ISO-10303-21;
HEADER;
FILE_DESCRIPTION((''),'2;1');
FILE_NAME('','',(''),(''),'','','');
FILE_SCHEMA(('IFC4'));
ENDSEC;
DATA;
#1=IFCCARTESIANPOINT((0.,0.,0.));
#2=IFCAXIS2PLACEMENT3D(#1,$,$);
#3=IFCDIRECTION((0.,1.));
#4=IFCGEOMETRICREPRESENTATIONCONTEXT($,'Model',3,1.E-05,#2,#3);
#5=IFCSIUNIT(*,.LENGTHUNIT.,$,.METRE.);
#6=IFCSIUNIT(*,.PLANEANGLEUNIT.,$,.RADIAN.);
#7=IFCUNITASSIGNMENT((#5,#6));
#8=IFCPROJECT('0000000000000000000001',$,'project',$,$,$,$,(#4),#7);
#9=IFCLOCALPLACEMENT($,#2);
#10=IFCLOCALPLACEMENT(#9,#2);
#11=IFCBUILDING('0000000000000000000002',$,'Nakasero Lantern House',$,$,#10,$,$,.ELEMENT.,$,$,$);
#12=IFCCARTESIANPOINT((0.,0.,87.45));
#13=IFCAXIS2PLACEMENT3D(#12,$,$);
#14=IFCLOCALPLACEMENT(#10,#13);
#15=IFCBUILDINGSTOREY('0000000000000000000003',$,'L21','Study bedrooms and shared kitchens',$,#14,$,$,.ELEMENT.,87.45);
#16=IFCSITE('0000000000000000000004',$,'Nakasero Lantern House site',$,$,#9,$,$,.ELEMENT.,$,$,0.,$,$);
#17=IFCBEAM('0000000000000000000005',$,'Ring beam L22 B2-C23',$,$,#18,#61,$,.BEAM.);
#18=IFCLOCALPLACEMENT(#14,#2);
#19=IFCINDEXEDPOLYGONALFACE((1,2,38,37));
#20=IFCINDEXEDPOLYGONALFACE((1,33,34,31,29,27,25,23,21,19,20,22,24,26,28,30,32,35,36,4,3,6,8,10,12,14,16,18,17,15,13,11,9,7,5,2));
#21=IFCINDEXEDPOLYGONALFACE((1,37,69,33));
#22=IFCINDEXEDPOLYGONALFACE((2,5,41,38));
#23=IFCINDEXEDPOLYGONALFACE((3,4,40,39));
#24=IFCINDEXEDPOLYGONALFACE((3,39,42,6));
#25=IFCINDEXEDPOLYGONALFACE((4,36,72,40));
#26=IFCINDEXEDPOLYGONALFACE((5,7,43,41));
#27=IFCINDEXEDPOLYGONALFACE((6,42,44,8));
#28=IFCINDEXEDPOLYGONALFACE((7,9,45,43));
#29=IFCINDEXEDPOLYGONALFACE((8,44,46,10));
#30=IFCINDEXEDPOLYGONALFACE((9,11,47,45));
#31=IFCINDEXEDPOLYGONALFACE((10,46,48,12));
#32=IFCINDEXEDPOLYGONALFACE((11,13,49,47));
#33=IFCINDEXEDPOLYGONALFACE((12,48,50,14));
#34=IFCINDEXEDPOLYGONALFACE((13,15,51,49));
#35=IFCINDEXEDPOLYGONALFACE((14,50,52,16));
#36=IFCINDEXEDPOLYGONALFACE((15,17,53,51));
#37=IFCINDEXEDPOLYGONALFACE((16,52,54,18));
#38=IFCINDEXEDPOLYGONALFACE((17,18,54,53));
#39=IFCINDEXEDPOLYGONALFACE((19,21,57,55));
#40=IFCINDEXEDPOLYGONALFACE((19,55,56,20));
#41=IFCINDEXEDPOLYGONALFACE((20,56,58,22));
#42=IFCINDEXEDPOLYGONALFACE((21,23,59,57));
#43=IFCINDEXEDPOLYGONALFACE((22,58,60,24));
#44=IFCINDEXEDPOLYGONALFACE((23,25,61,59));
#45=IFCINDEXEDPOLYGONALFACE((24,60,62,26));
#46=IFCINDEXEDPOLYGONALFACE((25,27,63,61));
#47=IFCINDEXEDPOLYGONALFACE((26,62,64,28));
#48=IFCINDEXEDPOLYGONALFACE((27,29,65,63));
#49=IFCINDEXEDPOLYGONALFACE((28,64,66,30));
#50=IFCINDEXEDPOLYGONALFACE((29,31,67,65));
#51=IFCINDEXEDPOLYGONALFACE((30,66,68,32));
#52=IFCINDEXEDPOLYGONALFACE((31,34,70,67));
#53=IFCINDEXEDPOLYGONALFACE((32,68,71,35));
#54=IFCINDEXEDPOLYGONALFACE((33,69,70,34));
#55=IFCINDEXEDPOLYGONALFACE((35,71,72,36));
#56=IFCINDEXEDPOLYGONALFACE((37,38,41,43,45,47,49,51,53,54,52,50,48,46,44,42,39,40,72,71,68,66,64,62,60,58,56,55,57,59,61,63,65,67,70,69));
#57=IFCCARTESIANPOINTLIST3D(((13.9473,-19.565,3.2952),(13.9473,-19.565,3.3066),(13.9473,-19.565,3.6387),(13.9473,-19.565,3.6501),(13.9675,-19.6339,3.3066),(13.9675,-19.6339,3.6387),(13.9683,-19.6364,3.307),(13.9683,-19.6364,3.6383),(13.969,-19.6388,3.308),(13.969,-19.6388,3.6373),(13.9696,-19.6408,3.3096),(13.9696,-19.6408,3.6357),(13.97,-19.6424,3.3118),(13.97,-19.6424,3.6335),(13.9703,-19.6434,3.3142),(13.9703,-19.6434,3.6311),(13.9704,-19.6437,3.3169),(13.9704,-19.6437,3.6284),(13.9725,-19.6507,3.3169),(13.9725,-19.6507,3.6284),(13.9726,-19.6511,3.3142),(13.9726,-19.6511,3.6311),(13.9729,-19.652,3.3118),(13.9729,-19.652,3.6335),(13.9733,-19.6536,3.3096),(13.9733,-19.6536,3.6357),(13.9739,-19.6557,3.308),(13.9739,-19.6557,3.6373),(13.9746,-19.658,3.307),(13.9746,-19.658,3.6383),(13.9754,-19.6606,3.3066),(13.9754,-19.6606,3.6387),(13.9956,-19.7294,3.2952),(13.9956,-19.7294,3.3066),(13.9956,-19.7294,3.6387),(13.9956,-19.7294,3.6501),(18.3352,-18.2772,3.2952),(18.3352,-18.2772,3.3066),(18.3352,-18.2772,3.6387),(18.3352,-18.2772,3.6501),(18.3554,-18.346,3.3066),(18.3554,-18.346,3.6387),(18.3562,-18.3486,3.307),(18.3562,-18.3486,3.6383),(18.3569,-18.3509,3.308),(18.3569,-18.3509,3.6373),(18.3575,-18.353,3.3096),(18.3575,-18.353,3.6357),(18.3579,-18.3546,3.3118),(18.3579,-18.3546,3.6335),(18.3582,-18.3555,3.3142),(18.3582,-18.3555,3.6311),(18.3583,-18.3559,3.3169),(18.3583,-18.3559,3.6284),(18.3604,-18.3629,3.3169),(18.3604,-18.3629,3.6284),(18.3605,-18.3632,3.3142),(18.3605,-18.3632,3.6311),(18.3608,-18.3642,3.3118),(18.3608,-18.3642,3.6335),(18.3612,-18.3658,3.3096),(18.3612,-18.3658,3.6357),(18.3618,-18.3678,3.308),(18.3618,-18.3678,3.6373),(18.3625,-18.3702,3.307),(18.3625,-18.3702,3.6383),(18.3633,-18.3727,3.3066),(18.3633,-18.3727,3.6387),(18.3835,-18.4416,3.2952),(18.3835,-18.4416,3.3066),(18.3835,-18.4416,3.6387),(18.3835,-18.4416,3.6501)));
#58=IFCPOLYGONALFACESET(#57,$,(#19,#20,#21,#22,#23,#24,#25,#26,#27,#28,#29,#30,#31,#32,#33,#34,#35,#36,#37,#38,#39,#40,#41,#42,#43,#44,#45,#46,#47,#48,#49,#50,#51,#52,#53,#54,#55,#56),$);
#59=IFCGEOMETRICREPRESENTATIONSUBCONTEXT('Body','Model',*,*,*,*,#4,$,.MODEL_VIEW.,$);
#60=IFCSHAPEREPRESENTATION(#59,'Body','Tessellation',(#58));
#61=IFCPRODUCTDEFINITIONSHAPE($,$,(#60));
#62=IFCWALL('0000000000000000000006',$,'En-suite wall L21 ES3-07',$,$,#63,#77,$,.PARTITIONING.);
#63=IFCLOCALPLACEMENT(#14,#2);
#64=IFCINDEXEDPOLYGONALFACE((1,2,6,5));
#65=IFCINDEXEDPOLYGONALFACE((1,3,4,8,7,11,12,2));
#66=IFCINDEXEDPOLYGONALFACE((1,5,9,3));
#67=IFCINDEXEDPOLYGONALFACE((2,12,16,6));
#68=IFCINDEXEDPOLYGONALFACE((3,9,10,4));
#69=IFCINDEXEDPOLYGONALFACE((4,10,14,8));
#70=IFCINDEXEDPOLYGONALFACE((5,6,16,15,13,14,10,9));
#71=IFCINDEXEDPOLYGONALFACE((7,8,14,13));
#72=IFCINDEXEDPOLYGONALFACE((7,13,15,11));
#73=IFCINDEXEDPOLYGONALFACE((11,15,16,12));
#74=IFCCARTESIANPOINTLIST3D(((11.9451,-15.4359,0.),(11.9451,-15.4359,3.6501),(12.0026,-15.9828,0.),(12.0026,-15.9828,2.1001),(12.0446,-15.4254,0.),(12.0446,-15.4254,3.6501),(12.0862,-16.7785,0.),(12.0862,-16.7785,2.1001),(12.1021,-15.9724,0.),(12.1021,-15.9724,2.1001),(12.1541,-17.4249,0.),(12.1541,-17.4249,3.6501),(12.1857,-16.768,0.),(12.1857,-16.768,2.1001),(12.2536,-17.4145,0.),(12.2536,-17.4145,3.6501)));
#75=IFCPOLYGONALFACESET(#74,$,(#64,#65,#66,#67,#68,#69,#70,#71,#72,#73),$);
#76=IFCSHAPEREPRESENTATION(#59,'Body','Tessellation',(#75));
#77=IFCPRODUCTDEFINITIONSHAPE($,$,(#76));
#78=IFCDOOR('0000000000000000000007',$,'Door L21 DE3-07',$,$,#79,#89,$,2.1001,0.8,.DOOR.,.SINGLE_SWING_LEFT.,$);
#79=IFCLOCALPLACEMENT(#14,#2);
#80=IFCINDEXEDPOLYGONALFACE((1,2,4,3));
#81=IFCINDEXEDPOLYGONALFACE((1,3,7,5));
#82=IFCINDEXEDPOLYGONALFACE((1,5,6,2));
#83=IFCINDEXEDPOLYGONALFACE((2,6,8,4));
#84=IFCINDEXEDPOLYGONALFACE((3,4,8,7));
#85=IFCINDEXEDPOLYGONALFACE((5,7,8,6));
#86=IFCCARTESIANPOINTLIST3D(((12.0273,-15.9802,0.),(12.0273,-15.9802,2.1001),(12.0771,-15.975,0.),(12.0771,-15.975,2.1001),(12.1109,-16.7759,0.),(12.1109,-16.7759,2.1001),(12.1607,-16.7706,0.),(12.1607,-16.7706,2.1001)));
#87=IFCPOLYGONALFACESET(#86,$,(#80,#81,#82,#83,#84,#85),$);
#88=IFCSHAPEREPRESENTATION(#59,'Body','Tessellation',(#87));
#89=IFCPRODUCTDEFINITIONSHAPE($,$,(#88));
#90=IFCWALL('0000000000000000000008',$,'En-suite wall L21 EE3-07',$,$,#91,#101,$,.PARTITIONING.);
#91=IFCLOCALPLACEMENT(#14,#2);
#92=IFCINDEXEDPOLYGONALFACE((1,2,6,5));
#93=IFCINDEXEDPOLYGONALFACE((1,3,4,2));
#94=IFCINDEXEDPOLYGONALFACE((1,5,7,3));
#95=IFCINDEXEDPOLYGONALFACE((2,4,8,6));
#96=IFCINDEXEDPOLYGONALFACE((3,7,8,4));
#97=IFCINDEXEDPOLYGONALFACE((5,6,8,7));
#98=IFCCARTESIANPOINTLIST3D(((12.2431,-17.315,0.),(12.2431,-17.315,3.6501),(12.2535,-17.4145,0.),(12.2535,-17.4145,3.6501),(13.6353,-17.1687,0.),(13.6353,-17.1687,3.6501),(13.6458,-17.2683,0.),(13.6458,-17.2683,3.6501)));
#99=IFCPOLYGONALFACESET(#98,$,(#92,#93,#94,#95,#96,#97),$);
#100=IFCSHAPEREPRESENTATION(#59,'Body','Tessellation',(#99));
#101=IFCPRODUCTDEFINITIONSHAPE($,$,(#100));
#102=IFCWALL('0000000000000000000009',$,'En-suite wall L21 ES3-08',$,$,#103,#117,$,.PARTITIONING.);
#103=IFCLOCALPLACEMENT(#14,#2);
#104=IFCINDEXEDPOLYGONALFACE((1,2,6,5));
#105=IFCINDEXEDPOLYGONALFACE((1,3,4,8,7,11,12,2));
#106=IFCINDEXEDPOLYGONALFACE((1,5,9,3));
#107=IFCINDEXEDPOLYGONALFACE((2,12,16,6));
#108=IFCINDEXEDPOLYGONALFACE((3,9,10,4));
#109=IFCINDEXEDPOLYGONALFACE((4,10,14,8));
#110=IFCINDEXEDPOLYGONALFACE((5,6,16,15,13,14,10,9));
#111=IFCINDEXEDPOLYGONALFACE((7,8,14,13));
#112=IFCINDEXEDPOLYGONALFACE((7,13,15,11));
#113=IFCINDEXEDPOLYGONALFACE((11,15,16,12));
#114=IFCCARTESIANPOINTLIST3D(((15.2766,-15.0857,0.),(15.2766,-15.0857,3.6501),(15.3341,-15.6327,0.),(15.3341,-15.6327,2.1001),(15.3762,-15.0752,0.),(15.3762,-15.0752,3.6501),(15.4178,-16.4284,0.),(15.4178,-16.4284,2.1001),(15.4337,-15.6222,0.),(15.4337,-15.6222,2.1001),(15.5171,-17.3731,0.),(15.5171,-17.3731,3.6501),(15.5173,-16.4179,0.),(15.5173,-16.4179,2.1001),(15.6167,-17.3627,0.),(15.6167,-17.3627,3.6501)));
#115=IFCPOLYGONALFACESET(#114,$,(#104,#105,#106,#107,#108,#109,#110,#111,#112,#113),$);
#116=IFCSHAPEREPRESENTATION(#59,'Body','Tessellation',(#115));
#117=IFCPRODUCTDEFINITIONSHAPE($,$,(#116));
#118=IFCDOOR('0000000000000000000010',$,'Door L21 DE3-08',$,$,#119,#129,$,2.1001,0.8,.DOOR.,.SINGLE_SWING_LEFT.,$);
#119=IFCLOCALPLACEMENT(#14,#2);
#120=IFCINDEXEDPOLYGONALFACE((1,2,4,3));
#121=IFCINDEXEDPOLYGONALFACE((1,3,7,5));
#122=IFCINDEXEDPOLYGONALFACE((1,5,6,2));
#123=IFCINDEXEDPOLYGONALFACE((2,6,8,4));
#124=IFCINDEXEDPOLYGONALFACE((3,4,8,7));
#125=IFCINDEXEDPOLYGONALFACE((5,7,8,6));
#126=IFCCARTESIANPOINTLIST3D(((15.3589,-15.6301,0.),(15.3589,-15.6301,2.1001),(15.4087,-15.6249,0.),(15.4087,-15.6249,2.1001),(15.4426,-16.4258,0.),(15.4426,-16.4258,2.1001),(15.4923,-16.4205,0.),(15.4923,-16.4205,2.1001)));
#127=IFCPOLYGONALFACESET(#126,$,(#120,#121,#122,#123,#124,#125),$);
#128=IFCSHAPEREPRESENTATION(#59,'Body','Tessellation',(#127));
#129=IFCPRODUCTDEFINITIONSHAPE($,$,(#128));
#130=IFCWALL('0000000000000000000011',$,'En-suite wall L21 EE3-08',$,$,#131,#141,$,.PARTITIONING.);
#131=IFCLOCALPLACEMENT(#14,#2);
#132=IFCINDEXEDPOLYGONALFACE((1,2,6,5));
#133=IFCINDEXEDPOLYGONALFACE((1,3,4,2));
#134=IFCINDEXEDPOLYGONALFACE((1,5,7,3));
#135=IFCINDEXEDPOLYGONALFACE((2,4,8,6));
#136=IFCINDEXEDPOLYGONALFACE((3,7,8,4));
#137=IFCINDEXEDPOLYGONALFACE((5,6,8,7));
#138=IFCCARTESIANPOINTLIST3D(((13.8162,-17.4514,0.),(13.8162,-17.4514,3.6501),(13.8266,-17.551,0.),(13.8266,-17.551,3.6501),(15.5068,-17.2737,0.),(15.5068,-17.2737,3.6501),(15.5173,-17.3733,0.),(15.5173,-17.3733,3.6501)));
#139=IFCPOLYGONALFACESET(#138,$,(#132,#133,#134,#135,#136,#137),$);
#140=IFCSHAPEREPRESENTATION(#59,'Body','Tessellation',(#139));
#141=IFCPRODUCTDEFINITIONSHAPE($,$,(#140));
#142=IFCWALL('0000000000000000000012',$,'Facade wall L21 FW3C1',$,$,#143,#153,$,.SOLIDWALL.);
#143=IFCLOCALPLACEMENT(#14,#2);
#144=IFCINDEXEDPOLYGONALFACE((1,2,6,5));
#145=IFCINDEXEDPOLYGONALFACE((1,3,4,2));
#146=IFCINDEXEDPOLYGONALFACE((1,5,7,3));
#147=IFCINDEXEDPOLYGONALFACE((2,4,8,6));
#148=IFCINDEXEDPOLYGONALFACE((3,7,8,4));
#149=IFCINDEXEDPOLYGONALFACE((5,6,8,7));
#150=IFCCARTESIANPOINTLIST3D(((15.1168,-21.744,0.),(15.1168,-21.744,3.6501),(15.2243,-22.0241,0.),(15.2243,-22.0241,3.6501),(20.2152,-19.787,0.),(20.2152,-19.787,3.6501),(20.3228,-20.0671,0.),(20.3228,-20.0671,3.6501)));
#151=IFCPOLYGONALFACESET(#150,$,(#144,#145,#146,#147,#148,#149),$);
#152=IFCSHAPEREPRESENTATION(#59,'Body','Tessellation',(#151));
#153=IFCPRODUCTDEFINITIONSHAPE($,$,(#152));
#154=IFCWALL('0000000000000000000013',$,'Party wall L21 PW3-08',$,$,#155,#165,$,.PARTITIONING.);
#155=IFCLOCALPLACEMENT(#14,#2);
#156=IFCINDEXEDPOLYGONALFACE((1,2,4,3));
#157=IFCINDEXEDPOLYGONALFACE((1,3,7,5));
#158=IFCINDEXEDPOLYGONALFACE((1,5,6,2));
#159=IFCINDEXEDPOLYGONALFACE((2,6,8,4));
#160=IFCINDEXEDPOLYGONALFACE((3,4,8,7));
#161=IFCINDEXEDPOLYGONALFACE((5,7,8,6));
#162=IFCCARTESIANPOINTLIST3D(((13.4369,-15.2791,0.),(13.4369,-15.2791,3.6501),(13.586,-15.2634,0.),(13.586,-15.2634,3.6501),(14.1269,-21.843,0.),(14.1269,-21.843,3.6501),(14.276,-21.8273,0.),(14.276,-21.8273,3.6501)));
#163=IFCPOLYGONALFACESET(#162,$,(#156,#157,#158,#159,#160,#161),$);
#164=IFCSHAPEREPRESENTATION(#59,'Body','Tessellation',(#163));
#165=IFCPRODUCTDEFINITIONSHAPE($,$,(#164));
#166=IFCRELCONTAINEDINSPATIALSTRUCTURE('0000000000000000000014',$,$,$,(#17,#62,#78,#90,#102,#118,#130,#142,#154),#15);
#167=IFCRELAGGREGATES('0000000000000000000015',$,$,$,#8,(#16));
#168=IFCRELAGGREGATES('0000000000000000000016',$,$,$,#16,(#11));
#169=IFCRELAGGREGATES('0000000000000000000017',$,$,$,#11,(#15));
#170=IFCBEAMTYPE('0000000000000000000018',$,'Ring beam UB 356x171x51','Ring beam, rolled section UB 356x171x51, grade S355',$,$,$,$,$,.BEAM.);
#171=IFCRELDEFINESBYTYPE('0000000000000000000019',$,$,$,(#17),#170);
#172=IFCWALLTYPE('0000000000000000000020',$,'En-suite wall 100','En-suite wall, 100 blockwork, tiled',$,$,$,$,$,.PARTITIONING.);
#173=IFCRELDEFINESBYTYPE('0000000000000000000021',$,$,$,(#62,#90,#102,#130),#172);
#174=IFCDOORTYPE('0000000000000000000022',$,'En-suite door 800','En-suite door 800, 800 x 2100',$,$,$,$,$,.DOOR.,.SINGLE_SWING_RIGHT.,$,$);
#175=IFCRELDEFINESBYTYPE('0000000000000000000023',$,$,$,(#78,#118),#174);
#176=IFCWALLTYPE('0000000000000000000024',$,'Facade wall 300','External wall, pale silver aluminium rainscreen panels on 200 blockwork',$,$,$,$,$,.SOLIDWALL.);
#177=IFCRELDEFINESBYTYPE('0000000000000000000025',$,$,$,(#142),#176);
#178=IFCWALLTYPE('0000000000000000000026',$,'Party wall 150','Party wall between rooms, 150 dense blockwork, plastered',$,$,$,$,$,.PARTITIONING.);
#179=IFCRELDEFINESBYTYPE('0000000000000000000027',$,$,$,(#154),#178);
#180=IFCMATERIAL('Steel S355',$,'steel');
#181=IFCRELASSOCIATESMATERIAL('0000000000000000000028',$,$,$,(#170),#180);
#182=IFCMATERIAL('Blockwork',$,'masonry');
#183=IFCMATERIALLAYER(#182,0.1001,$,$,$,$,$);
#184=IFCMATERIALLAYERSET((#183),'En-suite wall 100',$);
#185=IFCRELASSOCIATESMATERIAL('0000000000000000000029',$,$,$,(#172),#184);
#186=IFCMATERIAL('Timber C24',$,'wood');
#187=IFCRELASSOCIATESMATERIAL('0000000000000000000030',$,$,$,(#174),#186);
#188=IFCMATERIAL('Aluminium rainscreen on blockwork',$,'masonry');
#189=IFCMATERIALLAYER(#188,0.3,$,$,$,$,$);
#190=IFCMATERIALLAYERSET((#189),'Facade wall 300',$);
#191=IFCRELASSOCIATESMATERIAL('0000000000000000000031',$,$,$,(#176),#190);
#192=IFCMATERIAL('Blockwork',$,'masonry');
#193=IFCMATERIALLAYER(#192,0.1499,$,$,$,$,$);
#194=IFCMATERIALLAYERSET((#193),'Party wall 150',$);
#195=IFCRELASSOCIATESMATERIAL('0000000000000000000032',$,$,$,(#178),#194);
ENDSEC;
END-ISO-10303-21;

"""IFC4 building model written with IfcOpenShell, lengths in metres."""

from ifc_helpers import new_model, si_unit, direction, frame, frame_2d, origin, origin_2d, place, context, subcontext, project, spatial, rectangle, i_section, extrude, material, layer, layer_set, material_profile, profile_set, type_object, element, fill, save


model = new_model("IFC4")

# Units and contexts
model_context = context("Model", 3, precision=1e-05, world=origin(), true_north=direction((0.0, 1.0)))
body_context = subcontext(model_context, "Body", "Model", "MODEL_VIEW")
ifc_project = project(units=[si_unit("LENGTHUNIT", "METRE"), si_unit("PLANEANGLEUNIT", "RADIAN")], contexts=[model_context])

# Site, building, storey
site_placement = place(None, origin())
site = spatial("IfcSite", under=ifc_project, at=site_placement, Name="Nakasero Lantern House site", CompositionType="ELEMENT", RefElevation=0.0)
building_placement = place(site_placement, origin())
building = spatial("IfcBuilding", under=site, at=building_placement, Name="Nakasero Lantern House", CompositionType="ELEMENT")
storey_placement = place(building_placement, frame((0.0, 0.0, 87.45)))
storey = spatial("IfcBuildingStorey", under=building, at=storey_placement, Name="L21", Description="Study bedrooms and shared kitchens", CompositionType="ELEMENT", Elevation=87.45)

# Beam
ifc_material_1 = material(Name="Steel S355", Category="steel")
ifc_material_profile_1 = material_profile(ifc_material_1, i_section(OverallWidth=0.1714, OverallDepth=0.355, WebThickness=0.0073, FlangeThickness=0.0115, FilletRadius=0.0103, at=origin_2d()), Name="UB 356x171x51")
ifc_profile_set_1 = profile_set([ifc_material_profile_1], Name="Steel S355")
beam_type_1 = type_object("IfcBeamType", Name="Ring beam UB 356x171x51", Description="Ring beam, rolled section UB 356x171x51, grade S355", PredefinedType="BEAM", material=ifc_profile_set_1)
beam_1_placement = place(storey_placement, frame((13.9714, -19.6472, 3.4727), z_axis=(0.959527, 0.281617, 0.0), x_axis=(-0.281617, 0.959527, 0.0)))
element("IfcBeam", 1, at=beam_1_placement, inside=storey, type_object=beam_type_1, Name="Ring beam L22 B2-C23", PredefinedType="BEAM", context=body_context, shape_type="SweptSolid", body=[
    extrude(i_section(OverallWidth=0.1714, OverallDepth=0.355, WebThickness=0.0073, FlangeThickness=0.0115, FilletRadius=0.0103, at=origin_2d()), origin(), (0.0, 0.0, 1.0), 4.573),
])

# Wall, opening, door
ifc_material_2 = material(Name="Blockwork", Category="masonry")
ifc_layer_1 = layer(ifc_material_2, 0.1001)
ifc_layer_set_1 = layer_set([ifc_layer_1], Name="En-suite wall 100")
wall_type_1 = type_object("IfcWallType", Name="En-suite wall 100", Description="En-suite wall, 100 blockwork, tiled", PredefinedType="PARTITIONING", material=ifc_layer_set_1)
wall_1_placement = place(storey_placement, frame((11.9949, -15.4307, 0.0), z_axis=(0.0, 0.0, 1.0), x_axis=(0.104494, -0.994526, 0.0)))
wall_1 = element("IfcWall", 2, at=wall_1_placement, inside=storey, type_object=wall_type_1, Name="En-suite wall L21 ES3-07", PredefinedType="PARTITIONING", context=body_context, shape_type="SweptSolid", body=[
    extrude(rectangle(XDim=2.0, YDim=0.1001, at=frame_2d((1.0, 0.0))), origin(), (0.0, 0.0, 1.0), 3.6501),
])
opening_1_placement = place(wall_1_placement, frame((0.55, 0.0, 0.0)))
opening_1 = element("IfcOpeningElement", 3, at=opening_1_placement, cuts=wall_1, PredefinedType="OPENING", context=body_context, shape_type="SweptSolid", body=[
    extrude(rectangle(XDim=0.8, YDim=2.1001, at=frame_2d((0.3999, 1.05))), frame((0.0, 0.0701, 0.0), z_axis=(0.0, -1.0, 0.0), x_axis=(1.0, 0.0, 0.0)), (0.0, 0.0, 1.0), 0.1401),
])
ifc_material_3 = material(Name="Timber C24", Category="wood")
door_type = type_object("IfcDoorType", Name="En-suite door 800", Description="En-suite door 800, 800 x 2100", OperationType="SINGLE_SWING_RIGHT", PredefinedType="DOOR", material=ifc_material_3)
door_1_placement = place(opening_1_placement, origin())
door_1 = element("IfcDoor", 4, at=door_1_placement, inside=storey, type_object=door_type, Name="Door L21 DE3-07", OperationType="SINGLE_SWING_LEFT", OverallHeight=2.1001, OverallWidth=0.8, PredefinedType="DOOR", context=body_context, shape_type="SweptSolid", body=[
    extrude(rectangle(XDim=0.8, YDim=2.1001, at=frame_2d((0.3999, 1.05))), frame((0.0, 0.0249, 0.0), z_axis=(0.0, -1.0, 0.0), x_axis=(1.0, 0.0, 0.0)), (0.0, 0.0, 1.0), 0.05),
])
fill(opening_1, door_1)

# Wall
wall_2_placement = place(storey_placement, frame((12.2483, -17.3647, 0.0), z_axis=(0.0, 0.0, 1.0), x_axis=(0.994529, 0.104458, 0.0)))
element("IfcWall", 5, at=wall_2_placement, inside=storey, type_object=wall_type_1, Name="En-suite wall L21 EE3-07", PredefinedType="PARTITIONING", context=body_context, shape_type="SweptSolid", body=[
    extrude(rectangle(XDim=1.3999, YDim=0.1001, at=frame_2d((0.7, 0.0))), origin(), (0.0, 0.0, 1.0), 3.6501),
])

# Wall, opening, door
wall_3_placement = place(storey_placement, frame((15.3264, -15.0806, 0.0), z_axis=(0.0, 0.0, 1.0), x_axis=(0.104558, -0.994519, 0.0)))
wall_3 = element("IfcWall", 6, at=wall_3_placement, inside=storey, type_object=wall_type_1, Name="En-suite wall L21 ES3-08", PredefinedType="PARTITIONING", context=body_context, shape_type="SweptSolid", body=[
    extrude(rectangle(XDim=2.3, YDim=0.1001, at=frame_2d((1.1499, 0.0))), origin(), (0.0, 0.0, 1.0), 3.6501),
])
opening_2_placement = place(wall_3_placement, frame((0.55, 0.0, 0.0)))
opening_2 = element("IfcOpeningElement", 7, at=opening_2_placement, cuts=wall_3, PredefinedType="OPENING", context=body_context, shape_type="SweptSolid", body=[
    extrude(rectangle(XDim=0.8, YDim=2.1001, at=frame_2d((0.3999, 1.05))), frame((0.0, 0.0701, 0.0), z_axis=(0.0, -1.0, 0.0), x_axis=(1.0, 0.0, 0.0)), (0.0, 0.0, 1.0), 0.1401),
])
door_2_placement = place(opening_2_placement, origin())
door_2 = element("IfcDoor", 8, at=door_2_placement, inside=storey, type_object=door_type, Name="Door L21 DE3-08", OperationType="SINGLE_SWING_LEFT", OverallHeight=2.1001, OverallWidth=0.8, PredefinedType="DOOR", context=body_context, shape_type="SweptSolid", body=[
    extrude(rectangle(XDim=0.8, YDim=2.1001, at=frame_2d((0.3999, 1.05))), frame((0.0, 0.0249, 0.0), z_axis=(0.0, -1.0, 0.0), x_axis=(1.0, 0.0, 0.0)), (0.0, 0.0, 1.0), 0.05),
])
fill(opening_2, door_2)

# Walls
wall_4_placement = place(storey_placement, frame((13.8213, -17.5012, 0.0), z_axis=(0.0, 0.0, 1.0), x_axis=(0.99452, 0.10455, 0.0)))
element("IfcWall", 9, at=wall_4_placement, inside=storey, type_object=wall_type_1, Name="En-suite wall L21 EE3-08", PredefinedType="PARTITIONING", context=body_context, shape_type="SweptSolid", body=[
    extrude(rectangle(XDim=1.7, YDim=0.1001, at=frame_2d((0.8501, 0.0))), origin(), (0.0, 0.0, 1.0), 3.6501),
])
ifc_material_4 = material(Name="Aluminium rainscreen on blockwork", Category="masonry")
ifc_layer_2 = layer(ifc_material_4, 0.3)
ifc_layer_set_2 = layer_set([ifc_layer_2], Name="Facade wall 300")
wall_type_2 = type_object("IfcWallType", Name="Facade wall 300", Description="External wall, pale silver aluminium rainscreen panels on 200 blockwork", PredefinedType="SOLIDWALL", material=ifc_layer_set_2)
wall_5_placement = place(storey_placement, frame((15.1707, -21.884, 0.0), z_axis=(0.0, 0.0, 1.0), x_axis=(0.933584, 0.358359, 0.0)))
element("IfcWall", 10, at=wall_5_placement, inside=storey, type_object=wall_type_2, Name="Facade wall L21 FW3C1", PredefinedType="SOLIDWALL", context=body_context, shape_type="SweptSolid", body=[
    extrude(rectangle(XDim=5.4612, YDim=0.3, at=frame_2d((2.7305, 0.0))), origin(), (0.0, 0.0, 1.0), 3.6501),
])
ifc_material_5 = material(Name="Blockwork", Category="masonry")
ifc_layer_3 = layer(ifc_material_5, 0.1499)
ifc_layer_set_3 = layer_set([ifc_layer_3], Name="Party wall 150")
wall_type_3 = type_object("IfcWallType", Name="Party wall 150", Description="Party wall between rooms, 150 dense blockwork, plastered", PredefinedType="PARTITIONING", material=ifc_layer_set_3)
wall_6_placement = place(storey_placement, frame((13.5115, -15.2712, 0.0), z_axis=(0.0, 0.0, 1.0), x_axis=(0.104535, -0.994521, 0.0)))
element("IfcWall", 11, at=wall_6_placement, inside=storey, type_object=wall_type_3, Name="Party wall L21 PW3-08", PredefinedType="PARTITIONING", context=body_context, shape_type="SweptSolid", body=[
    extrude(rectangle(XDim=6.6001, YDim=0.1499, at=frame_2d((3.3, 0.0))), origin(), (0.0, 0.0, 1.0), 3.6501),
])

save(model, "model.ifc")
